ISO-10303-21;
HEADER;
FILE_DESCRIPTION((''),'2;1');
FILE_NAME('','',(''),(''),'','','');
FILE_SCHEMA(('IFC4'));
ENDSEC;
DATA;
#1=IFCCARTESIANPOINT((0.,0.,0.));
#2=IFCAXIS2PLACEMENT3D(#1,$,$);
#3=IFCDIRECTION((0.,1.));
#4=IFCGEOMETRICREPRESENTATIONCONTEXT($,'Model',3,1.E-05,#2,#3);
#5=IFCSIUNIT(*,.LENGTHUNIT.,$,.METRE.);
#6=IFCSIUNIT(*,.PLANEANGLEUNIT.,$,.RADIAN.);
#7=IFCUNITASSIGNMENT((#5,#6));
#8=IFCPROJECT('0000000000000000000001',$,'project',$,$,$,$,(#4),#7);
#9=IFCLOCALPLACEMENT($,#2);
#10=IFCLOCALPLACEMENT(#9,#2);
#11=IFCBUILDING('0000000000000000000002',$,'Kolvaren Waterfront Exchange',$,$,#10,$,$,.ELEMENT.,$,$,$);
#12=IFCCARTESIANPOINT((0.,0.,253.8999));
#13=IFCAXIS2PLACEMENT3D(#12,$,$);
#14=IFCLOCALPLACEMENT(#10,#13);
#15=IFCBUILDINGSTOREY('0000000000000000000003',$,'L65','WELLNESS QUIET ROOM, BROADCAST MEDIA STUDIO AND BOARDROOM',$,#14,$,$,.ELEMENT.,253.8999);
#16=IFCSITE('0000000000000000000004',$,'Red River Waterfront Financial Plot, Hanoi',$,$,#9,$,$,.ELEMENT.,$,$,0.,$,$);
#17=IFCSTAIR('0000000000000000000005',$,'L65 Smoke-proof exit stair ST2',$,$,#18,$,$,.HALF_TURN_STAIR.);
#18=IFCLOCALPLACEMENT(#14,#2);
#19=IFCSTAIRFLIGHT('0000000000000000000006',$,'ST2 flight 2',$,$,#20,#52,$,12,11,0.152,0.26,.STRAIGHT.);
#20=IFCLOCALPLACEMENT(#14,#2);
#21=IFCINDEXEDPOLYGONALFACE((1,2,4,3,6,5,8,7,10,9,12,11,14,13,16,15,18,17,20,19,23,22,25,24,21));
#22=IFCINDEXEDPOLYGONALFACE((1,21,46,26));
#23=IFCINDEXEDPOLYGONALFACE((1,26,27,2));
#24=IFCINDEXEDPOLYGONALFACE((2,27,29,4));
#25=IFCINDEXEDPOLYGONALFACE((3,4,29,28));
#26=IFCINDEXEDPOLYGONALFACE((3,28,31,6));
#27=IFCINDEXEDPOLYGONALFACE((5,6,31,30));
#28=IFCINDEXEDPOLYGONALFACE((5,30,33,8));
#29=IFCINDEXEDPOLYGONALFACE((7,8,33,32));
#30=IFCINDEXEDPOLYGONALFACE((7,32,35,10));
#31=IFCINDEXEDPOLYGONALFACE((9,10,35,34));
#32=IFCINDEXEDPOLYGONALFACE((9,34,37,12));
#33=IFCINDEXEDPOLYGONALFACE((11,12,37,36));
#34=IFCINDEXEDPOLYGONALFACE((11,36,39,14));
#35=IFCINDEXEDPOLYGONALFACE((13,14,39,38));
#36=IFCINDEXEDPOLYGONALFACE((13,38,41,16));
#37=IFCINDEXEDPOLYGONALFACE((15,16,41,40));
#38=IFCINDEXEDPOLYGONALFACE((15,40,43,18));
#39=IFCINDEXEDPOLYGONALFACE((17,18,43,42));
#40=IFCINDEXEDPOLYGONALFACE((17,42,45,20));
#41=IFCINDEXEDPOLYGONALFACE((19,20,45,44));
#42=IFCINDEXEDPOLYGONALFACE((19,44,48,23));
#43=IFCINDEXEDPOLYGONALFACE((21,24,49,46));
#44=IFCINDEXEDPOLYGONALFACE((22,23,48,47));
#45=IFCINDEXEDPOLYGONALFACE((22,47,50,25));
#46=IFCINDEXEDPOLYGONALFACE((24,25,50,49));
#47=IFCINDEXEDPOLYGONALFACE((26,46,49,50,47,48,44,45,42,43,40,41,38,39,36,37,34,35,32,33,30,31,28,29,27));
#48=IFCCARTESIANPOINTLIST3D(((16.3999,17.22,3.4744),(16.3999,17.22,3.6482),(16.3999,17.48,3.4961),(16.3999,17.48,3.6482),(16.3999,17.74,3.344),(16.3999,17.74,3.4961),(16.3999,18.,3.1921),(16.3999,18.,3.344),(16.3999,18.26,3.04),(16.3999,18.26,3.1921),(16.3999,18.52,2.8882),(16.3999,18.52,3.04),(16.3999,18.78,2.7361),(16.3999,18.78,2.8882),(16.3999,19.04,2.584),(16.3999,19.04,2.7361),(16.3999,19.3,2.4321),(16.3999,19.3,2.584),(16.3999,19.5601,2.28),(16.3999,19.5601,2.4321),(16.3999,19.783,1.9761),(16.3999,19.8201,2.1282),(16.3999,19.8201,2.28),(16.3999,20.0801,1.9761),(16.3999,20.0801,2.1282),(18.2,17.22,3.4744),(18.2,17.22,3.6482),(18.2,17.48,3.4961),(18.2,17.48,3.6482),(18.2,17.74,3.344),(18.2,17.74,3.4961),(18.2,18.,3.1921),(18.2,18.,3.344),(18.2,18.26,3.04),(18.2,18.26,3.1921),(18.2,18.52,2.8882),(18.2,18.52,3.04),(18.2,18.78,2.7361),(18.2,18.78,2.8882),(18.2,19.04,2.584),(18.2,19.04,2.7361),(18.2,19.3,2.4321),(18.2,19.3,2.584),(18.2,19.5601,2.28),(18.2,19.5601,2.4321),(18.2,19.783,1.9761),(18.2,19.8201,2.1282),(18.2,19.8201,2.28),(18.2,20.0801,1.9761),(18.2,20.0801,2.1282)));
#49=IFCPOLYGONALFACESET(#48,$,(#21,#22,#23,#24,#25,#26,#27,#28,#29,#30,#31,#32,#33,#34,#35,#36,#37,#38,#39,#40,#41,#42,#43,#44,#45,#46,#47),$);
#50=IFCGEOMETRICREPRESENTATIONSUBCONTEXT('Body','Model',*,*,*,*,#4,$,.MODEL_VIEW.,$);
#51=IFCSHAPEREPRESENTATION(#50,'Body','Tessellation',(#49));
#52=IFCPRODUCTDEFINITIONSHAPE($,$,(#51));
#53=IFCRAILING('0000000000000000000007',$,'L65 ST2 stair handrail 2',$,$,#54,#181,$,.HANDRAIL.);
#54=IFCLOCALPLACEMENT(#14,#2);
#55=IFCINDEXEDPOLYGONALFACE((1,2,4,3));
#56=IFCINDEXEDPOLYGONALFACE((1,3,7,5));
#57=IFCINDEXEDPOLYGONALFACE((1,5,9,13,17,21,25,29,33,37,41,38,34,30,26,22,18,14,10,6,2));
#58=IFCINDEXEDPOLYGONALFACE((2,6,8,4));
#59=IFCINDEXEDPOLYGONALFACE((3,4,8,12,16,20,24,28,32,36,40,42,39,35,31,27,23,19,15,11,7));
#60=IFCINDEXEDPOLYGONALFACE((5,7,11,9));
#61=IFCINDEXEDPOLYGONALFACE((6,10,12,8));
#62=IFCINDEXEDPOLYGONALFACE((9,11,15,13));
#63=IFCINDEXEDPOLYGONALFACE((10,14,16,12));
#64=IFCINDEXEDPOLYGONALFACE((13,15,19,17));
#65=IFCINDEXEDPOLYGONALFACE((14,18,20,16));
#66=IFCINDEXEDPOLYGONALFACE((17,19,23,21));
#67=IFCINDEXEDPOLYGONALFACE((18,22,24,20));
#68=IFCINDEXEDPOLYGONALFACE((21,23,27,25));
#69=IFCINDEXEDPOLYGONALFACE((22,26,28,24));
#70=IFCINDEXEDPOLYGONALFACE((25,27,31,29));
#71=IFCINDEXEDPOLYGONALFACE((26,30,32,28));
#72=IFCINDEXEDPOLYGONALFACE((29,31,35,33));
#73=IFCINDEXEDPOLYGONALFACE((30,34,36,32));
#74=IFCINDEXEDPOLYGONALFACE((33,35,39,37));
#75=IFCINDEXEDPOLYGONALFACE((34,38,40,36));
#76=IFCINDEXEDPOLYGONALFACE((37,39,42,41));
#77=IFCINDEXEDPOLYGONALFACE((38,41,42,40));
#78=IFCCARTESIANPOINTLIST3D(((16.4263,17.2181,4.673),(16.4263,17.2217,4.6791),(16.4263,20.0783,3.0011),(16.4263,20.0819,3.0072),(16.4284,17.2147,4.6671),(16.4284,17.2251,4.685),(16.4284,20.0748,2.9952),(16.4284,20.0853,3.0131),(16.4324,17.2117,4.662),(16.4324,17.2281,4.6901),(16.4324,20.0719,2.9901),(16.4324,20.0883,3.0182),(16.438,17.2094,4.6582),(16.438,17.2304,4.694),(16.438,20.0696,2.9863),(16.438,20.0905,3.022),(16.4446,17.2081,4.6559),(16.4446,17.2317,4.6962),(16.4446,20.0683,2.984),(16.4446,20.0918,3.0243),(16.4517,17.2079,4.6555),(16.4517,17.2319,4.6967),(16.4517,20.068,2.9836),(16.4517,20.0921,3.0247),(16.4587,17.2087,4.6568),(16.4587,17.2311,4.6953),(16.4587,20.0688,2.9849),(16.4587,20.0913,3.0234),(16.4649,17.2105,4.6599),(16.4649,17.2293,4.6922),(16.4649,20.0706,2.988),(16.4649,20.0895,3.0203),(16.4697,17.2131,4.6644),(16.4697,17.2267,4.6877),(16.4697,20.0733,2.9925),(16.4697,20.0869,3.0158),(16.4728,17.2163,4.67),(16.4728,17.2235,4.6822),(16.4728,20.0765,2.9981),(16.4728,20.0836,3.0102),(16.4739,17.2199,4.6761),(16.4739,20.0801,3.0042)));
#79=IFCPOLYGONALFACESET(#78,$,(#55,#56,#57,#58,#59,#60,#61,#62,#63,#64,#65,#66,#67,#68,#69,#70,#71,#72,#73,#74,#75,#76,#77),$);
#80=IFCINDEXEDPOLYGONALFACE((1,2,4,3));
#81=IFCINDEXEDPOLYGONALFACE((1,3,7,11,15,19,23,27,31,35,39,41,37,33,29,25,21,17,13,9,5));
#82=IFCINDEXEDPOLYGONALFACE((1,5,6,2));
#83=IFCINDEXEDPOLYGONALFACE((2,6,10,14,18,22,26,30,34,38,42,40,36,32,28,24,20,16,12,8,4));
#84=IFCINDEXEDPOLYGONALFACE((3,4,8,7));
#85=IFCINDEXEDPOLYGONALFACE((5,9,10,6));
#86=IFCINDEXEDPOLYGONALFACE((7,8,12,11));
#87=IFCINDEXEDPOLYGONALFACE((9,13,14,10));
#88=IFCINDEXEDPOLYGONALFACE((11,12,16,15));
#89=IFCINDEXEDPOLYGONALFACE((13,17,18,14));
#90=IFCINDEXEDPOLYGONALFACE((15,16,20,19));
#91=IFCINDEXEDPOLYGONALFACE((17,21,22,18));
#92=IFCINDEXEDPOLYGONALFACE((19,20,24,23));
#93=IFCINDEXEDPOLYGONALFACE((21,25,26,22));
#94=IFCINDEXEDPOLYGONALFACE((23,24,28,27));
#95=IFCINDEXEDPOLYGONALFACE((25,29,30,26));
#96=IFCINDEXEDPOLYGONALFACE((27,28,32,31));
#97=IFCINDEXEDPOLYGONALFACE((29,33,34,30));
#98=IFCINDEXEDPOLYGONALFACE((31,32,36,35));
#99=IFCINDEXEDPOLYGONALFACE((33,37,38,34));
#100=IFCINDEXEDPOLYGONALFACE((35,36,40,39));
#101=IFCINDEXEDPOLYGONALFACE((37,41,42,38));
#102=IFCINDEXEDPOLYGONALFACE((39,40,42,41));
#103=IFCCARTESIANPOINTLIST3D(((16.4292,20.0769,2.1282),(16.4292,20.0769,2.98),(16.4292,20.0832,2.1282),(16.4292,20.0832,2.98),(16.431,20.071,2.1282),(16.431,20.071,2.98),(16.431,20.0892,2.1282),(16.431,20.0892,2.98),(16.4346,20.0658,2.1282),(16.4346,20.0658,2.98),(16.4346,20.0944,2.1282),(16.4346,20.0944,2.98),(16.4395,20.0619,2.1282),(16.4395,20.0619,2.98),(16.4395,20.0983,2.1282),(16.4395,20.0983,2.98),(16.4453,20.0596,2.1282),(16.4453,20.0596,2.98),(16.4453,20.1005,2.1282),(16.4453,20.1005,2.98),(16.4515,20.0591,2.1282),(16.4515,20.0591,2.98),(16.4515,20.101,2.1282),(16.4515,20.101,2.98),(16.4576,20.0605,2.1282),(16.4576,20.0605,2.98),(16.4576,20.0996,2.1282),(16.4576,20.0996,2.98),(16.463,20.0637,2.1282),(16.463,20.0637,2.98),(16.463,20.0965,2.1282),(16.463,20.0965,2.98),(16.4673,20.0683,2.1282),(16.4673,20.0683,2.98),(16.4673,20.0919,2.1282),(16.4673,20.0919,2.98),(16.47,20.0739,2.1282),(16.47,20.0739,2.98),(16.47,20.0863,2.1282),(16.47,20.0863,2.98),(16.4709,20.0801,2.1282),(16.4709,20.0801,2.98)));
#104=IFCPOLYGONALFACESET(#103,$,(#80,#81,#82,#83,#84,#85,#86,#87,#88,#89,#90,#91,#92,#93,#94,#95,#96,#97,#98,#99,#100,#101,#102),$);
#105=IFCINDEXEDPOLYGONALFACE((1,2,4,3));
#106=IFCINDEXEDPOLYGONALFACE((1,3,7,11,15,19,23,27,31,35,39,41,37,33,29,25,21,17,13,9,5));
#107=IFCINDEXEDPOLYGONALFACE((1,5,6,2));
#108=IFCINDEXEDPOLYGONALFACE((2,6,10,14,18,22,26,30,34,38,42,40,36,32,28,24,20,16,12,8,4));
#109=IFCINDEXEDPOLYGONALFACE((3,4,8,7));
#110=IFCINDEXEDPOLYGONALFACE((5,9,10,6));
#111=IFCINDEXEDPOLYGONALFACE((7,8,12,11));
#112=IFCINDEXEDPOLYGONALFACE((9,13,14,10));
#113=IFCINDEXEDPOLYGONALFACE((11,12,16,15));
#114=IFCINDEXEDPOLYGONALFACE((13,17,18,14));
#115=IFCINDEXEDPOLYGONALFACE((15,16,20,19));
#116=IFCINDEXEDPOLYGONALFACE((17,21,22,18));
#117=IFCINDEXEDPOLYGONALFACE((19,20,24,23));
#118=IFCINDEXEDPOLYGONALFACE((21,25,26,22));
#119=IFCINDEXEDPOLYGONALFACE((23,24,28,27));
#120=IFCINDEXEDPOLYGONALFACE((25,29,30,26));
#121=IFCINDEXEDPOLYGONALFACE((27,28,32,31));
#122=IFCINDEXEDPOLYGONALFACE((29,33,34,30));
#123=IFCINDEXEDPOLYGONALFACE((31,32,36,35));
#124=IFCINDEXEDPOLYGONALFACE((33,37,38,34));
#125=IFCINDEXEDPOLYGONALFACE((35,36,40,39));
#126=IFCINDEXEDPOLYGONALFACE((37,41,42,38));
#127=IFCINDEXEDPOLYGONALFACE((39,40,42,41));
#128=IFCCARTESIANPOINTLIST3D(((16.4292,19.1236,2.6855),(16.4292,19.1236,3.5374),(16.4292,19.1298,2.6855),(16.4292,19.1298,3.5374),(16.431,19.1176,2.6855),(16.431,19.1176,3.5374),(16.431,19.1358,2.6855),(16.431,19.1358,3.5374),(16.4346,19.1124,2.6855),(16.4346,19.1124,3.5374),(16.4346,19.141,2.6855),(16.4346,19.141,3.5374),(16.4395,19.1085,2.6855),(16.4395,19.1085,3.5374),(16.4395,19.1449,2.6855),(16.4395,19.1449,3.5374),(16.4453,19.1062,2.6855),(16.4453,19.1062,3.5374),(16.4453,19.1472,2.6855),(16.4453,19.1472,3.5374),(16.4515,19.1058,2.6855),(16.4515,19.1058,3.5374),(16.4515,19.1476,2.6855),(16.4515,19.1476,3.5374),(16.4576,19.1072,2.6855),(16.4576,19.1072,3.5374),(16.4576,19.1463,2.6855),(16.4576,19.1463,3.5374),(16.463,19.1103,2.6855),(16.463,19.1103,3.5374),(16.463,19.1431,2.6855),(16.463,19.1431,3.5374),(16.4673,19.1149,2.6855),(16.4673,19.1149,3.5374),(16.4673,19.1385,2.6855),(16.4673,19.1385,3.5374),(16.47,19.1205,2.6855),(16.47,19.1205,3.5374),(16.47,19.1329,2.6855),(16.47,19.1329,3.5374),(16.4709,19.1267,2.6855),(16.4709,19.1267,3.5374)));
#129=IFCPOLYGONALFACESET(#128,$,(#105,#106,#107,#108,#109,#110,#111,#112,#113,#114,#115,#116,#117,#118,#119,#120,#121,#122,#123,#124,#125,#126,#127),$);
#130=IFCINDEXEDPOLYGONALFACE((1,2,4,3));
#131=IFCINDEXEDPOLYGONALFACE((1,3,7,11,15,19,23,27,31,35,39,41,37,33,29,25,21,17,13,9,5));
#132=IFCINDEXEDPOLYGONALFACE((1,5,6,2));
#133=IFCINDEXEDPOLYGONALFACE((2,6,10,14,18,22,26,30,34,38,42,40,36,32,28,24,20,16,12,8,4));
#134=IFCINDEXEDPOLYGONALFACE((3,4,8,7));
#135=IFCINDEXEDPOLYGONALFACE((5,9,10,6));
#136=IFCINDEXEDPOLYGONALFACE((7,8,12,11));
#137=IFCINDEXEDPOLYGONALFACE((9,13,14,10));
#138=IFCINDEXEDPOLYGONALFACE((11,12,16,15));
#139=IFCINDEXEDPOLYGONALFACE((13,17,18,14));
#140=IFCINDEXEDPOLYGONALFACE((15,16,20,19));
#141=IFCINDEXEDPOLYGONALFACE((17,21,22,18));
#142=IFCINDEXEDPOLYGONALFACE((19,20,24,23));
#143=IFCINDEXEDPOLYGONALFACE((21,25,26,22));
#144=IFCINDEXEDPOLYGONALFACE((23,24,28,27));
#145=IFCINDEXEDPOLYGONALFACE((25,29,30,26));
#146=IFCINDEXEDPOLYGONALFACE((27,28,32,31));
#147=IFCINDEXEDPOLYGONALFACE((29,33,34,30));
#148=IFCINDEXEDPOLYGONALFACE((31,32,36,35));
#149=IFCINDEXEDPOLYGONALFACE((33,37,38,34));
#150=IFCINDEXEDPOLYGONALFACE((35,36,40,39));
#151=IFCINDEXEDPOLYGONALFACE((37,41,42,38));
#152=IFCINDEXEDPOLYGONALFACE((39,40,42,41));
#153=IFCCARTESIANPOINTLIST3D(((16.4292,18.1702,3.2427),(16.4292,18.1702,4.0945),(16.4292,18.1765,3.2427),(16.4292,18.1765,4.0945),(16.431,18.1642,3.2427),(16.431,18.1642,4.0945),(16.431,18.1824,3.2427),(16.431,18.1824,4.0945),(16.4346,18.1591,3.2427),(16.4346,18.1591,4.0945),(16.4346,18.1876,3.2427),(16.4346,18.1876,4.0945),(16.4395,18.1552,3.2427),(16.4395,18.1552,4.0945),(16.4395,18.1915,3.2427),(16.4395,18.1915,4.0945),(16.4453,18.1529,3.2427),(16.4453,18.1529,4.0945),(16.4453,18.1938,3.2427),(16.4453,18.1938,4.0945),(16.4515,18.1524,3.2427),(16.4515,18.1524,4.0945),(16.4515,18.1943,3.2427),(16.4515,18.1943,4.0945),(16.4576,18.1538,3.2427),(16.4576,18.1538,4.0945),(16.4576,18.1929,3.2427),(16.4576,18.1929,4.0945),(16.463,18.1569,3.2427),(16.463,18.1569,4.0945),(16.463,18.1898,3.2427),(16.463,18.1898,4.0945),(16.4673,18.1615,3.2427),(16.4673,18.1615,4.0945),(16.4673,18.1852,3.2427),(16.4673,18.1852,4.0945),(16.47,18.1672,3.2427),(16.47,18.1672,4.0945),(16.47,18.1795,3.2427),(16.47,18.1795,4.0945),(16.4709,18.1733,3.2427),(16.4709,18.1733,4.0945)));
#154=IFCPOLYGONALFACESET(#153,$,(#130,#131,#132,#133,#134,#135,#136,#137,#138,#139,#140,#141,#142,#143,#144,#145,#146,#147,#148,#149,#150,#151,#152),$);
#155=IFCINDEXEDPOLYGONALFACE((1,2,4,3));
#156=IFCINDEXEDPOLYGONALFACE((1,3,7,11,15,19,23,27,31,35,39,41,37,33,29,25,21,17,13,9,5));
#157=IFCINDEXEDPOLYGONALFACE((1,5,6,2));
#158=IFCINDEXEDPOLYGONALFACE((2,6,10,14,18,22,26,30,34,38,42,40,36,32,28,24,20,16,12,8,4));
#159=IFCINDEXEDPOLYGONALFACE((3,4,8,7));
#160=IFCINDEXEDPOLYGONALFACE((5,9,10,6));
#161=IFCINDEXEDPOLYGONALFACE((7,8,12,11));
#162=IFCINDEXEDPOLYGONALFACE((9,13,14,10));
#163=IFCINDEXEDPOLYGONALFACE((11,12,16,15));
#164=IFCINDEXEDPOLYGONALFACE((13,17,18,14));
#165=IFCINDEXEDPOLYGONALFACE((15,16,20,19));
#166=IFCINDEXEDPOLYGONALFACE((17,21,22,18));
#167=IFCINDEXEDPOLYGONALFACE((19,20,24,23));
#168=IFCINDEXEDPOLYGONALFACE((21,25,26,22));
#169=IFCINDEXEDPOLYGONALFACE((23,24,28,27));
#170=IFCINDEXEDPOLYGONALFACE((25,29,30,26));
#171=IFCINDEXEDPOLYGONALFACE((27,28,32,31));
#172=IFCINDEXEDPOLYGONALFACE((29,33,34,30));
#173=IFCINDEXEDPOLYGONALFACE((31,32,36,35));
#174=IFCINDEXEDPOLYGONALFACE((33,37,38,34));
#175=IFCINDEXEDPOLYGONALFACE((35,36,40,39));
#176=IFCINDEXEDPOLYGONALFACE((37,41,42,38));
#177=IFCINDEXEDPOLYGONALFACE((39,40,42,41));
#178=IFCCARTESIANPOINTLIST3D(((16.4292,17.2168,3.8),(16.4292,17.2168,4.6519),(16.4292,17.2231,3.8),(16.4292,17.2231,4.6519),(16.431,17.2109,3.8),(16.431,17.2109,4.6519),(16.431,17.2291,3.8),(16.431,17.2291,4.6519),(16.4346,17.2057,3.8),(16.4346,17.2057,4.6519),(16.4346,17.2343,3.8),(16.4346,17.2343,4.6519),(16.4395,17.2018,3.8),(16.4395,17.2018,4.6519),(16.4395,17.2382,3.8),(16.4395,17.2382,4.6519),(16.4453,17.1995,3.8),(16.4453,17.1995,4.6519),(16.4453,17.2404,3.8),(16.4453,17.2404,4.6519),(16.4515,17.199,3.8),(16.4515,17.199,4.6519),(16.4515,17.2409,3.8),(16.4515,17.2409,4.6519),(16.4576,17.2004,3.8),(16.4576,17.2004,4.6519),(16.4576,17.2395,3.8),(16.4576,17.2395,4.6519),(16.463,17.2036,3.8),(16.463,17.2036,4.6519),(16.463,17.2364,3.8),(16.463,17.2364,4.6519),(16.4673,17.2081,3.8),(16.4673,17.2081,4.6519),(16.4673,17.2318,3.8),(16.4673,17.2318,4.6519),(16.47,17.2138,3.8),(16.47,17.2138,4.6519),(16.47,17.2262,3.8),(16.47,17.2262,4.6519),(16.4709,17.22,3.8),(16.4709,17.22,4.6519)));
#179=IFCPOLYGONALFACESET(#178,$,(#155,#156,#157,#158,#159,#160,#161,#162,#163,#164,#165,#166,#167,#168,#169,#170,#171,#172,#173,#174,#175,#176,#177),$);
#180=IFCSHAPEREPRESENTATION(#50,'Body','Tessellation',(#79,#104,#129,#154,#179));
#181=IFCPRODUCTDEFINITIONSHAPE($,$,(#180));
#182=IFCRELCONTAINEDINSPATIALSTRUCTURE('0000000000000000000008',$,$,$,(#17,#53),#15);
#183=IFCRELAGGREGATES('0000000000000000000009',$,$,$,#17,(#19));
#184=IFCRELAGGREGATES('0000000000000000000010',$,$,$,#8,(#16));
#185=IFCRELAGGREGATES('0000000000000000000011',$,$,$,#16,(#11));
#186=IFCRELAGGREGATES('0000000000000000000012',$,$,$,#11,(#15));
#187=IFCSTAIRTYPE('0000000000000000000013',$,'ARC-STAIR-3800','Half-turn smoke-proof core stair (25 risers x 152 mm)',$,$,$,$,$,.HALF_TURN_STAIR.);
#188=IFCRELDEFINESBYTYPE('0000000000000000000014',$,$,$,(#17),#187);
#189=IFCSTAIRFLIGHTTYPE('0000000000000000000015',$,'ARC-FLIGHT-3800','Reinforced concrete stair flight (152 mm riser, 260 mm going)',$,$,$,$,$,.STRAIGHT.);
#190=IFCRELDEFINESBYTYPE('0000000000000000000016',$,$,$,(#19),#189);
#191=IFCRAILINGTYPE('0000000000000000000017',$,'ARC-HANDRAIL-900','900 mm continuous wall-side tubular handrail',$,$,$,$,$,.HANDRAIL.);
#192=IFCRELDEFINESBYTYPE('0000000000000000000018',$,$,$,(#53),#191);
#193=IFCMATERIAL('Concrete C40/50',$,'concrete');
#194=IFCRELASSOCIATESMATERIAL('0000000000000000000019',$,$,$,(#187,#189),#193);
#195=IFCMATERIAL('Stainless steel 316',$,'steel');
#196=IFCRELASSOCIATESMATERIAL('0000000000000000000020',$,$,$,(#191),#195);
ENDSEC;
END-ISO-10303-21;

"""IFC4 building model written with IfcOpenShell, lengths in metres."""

from ifc_helpers import new_model, si_unit, direction, frame, origin, origin_2d, place, context, subcontext, project, spatial, polyline, circle, outline, extrude, material, type_object, element, aggregate, save


model = new_model("IFC4")

# Units and contexts
model_context = context("Model", 3, precision=1e-05, world=origin(), true_north=direction((0.0, 1.0)))
body_context = subcontext(model_context, "Body", "Model", "MODEL_VIEW")
ifc_project = project(units=[si_unit("LENGTHUNIT", "METRE"), si_unit("PLANEANGLEUNIT", "RADIAN")], contexts=[model_context])

# Site, building, storey
site_placement = place(None, origin())
site = spatial("IfcSite", under=ifc_project, at=site_placement, Name="Red River Waterfront Financial Plot, Hanoi", CompositionType="ELEMENT", RefElevation=0.0)
building_placement = place(site_placement, origin())
building = spatial("IfcBuilding", under=site, at=building_placement, Name="Kolvaren Waterfront Exchange", CompositionType="ELEMENT")
storey_placement = place(building_placement, frame((0.0, 0.0, 253.8999)))
storey = spatial("IfcBuildingStorey", under=building, at=storey_placement, Name="L65", Description="WELLNESS QUIET ROOM, BROADCAST MEDIA STUDIO AND BOARDROOM", CompositionType="ELEMENT", Elevation=253.8999)

# Shared definitions
ifc_material_1 = material(Name="Concrete C40/50", Category="concrete")

# Stair, stair flight
stair_type = type_object("IfcStairType", Name="ARC-STAIR-3800", Description="Half-turn smoke-proof core stair (25 risers x 152 mm)", PredefinedType="HALF_TURN_STAIR", material=ifc_material_1)
stair_placement = place(storey_placement, origin())
stair = element("IfcStair", 1, at=stair_placement, inside=storey, type_object=stair_type, Name="L65 Smoke-proof exit stair ST2", PredefinedType="HALF_TURN_STAIR")
stair_flight_type = type_object("IfcStairFlightType", Name="ARC-FLIGHT-3800", Description="Reinforced concrete stair flight (152 mm riser, 260 mm going)", PredefinedType="STRAIGHT", material=ifc_material_1)
stair_flight_placement = place(storey_placement, frame((17.3, 20.0801, 1.9761), z_axis=(0.0, 0.0, 1.0), x_axis=(0.0, -1.0, 0.0)))
stair_flight = element("IfcStairFlight", 2, at=stair_flight_placement, type_object=stair_flight_type, Name="ST2 flight 2", NumberOfRisers=12, NumberOfTreads=11, PredefinedType="STRAIGHT", RiserHeight=0.152, TreadLength=0.26, context=body_context, shape_type="SweptSolid", body=[
    extrude(outline(polyline([(0.0, 0.0), (0.0, 0.1521), (0.26, 0.1521), (0.26, 0.304), (0.52, 0.304), (0.52, 0.4561), (0.78, 0.4561), (0.78, 0.6079), (1.04, 0.6079), (1.04, 0.76), (1.3, 0.76), (1.3, 0.9121), (1.5601, 0.9121), (1.5601, 1.064), (1.8201, 1.064), (1.8201, 1.2161), (2.0801, 1.2161), (2.0801, 1.3679), (2.3401, 1.3679), (2.3401, 1.52), (2.6001, 1.52), (2.6001, 1.6721), (2.8601, 1.6721), (2.8601, 1.824), (2.8601, 1.4983), (0.2971, 0.0), (0.0, 0.0)])), frame((0.0, 0.8999, 0.0), z_axis=(0.0, -1.0, 0.0), x_axis=(1.0, 0.0, 0.0)), (0.0, 0.0, 1.0), 1.8),
])
aggregate(stair, [stair_flight])

# Railing
ifc_material_2 = material(Name="Stainless steel 316", Category="steel")
railing_type = type_object("IfcRailingType", Name="ARC-HANDRAIL-900", Description="900 mm continuous wall-side tubular handrail", PredefinedType="HANDRAIL", material=ifc_material_2)
railing_placement = place(storey_placement, frame((16.45, 20.0801, 2.1282)))
element("IfcRailing", 3, at=railing_placement, inside=storey, type_object=railing_type, Name="L65 ST2 stair handrail 2", PredefinedType="HANDRAIL", context=body_context, shape_type="SweptSolid", body=[
    extrude(circle(Radius=0.0239, at=origin_2d()), frame((0.0, 0.0, 0.876), z_axis=(0.0, -0.863321, 0.504654), x_axis=(1.0, 0.0, 0.0)), (0.0, 0.0, 1.0), 3.313),
    extrude(circle(Radius=0.021, at=origin_2d()), origin(), (0.0, 0.0, 1.0), 0.8518),
    extrude(circle(Radius=0.021, at=origin_2d()), frame((0.0, -0.9534, 0.5574)), (0.0, 0.0, 1.0), 0.8518),
    extrude(circle(Radius=0.021, at=origin_2d()), frame((0.0, -1.9067, 1.1145)), (0.0, 0.0, 1.0), 0.8518),
    extrude(circle(Radius=0.021, at=origin_2d()), frame((0.0, -2.8601, 1.6719)), (0.0, 0.0, 1.0), 0.8518),
])

save(model, "model.ifc")
